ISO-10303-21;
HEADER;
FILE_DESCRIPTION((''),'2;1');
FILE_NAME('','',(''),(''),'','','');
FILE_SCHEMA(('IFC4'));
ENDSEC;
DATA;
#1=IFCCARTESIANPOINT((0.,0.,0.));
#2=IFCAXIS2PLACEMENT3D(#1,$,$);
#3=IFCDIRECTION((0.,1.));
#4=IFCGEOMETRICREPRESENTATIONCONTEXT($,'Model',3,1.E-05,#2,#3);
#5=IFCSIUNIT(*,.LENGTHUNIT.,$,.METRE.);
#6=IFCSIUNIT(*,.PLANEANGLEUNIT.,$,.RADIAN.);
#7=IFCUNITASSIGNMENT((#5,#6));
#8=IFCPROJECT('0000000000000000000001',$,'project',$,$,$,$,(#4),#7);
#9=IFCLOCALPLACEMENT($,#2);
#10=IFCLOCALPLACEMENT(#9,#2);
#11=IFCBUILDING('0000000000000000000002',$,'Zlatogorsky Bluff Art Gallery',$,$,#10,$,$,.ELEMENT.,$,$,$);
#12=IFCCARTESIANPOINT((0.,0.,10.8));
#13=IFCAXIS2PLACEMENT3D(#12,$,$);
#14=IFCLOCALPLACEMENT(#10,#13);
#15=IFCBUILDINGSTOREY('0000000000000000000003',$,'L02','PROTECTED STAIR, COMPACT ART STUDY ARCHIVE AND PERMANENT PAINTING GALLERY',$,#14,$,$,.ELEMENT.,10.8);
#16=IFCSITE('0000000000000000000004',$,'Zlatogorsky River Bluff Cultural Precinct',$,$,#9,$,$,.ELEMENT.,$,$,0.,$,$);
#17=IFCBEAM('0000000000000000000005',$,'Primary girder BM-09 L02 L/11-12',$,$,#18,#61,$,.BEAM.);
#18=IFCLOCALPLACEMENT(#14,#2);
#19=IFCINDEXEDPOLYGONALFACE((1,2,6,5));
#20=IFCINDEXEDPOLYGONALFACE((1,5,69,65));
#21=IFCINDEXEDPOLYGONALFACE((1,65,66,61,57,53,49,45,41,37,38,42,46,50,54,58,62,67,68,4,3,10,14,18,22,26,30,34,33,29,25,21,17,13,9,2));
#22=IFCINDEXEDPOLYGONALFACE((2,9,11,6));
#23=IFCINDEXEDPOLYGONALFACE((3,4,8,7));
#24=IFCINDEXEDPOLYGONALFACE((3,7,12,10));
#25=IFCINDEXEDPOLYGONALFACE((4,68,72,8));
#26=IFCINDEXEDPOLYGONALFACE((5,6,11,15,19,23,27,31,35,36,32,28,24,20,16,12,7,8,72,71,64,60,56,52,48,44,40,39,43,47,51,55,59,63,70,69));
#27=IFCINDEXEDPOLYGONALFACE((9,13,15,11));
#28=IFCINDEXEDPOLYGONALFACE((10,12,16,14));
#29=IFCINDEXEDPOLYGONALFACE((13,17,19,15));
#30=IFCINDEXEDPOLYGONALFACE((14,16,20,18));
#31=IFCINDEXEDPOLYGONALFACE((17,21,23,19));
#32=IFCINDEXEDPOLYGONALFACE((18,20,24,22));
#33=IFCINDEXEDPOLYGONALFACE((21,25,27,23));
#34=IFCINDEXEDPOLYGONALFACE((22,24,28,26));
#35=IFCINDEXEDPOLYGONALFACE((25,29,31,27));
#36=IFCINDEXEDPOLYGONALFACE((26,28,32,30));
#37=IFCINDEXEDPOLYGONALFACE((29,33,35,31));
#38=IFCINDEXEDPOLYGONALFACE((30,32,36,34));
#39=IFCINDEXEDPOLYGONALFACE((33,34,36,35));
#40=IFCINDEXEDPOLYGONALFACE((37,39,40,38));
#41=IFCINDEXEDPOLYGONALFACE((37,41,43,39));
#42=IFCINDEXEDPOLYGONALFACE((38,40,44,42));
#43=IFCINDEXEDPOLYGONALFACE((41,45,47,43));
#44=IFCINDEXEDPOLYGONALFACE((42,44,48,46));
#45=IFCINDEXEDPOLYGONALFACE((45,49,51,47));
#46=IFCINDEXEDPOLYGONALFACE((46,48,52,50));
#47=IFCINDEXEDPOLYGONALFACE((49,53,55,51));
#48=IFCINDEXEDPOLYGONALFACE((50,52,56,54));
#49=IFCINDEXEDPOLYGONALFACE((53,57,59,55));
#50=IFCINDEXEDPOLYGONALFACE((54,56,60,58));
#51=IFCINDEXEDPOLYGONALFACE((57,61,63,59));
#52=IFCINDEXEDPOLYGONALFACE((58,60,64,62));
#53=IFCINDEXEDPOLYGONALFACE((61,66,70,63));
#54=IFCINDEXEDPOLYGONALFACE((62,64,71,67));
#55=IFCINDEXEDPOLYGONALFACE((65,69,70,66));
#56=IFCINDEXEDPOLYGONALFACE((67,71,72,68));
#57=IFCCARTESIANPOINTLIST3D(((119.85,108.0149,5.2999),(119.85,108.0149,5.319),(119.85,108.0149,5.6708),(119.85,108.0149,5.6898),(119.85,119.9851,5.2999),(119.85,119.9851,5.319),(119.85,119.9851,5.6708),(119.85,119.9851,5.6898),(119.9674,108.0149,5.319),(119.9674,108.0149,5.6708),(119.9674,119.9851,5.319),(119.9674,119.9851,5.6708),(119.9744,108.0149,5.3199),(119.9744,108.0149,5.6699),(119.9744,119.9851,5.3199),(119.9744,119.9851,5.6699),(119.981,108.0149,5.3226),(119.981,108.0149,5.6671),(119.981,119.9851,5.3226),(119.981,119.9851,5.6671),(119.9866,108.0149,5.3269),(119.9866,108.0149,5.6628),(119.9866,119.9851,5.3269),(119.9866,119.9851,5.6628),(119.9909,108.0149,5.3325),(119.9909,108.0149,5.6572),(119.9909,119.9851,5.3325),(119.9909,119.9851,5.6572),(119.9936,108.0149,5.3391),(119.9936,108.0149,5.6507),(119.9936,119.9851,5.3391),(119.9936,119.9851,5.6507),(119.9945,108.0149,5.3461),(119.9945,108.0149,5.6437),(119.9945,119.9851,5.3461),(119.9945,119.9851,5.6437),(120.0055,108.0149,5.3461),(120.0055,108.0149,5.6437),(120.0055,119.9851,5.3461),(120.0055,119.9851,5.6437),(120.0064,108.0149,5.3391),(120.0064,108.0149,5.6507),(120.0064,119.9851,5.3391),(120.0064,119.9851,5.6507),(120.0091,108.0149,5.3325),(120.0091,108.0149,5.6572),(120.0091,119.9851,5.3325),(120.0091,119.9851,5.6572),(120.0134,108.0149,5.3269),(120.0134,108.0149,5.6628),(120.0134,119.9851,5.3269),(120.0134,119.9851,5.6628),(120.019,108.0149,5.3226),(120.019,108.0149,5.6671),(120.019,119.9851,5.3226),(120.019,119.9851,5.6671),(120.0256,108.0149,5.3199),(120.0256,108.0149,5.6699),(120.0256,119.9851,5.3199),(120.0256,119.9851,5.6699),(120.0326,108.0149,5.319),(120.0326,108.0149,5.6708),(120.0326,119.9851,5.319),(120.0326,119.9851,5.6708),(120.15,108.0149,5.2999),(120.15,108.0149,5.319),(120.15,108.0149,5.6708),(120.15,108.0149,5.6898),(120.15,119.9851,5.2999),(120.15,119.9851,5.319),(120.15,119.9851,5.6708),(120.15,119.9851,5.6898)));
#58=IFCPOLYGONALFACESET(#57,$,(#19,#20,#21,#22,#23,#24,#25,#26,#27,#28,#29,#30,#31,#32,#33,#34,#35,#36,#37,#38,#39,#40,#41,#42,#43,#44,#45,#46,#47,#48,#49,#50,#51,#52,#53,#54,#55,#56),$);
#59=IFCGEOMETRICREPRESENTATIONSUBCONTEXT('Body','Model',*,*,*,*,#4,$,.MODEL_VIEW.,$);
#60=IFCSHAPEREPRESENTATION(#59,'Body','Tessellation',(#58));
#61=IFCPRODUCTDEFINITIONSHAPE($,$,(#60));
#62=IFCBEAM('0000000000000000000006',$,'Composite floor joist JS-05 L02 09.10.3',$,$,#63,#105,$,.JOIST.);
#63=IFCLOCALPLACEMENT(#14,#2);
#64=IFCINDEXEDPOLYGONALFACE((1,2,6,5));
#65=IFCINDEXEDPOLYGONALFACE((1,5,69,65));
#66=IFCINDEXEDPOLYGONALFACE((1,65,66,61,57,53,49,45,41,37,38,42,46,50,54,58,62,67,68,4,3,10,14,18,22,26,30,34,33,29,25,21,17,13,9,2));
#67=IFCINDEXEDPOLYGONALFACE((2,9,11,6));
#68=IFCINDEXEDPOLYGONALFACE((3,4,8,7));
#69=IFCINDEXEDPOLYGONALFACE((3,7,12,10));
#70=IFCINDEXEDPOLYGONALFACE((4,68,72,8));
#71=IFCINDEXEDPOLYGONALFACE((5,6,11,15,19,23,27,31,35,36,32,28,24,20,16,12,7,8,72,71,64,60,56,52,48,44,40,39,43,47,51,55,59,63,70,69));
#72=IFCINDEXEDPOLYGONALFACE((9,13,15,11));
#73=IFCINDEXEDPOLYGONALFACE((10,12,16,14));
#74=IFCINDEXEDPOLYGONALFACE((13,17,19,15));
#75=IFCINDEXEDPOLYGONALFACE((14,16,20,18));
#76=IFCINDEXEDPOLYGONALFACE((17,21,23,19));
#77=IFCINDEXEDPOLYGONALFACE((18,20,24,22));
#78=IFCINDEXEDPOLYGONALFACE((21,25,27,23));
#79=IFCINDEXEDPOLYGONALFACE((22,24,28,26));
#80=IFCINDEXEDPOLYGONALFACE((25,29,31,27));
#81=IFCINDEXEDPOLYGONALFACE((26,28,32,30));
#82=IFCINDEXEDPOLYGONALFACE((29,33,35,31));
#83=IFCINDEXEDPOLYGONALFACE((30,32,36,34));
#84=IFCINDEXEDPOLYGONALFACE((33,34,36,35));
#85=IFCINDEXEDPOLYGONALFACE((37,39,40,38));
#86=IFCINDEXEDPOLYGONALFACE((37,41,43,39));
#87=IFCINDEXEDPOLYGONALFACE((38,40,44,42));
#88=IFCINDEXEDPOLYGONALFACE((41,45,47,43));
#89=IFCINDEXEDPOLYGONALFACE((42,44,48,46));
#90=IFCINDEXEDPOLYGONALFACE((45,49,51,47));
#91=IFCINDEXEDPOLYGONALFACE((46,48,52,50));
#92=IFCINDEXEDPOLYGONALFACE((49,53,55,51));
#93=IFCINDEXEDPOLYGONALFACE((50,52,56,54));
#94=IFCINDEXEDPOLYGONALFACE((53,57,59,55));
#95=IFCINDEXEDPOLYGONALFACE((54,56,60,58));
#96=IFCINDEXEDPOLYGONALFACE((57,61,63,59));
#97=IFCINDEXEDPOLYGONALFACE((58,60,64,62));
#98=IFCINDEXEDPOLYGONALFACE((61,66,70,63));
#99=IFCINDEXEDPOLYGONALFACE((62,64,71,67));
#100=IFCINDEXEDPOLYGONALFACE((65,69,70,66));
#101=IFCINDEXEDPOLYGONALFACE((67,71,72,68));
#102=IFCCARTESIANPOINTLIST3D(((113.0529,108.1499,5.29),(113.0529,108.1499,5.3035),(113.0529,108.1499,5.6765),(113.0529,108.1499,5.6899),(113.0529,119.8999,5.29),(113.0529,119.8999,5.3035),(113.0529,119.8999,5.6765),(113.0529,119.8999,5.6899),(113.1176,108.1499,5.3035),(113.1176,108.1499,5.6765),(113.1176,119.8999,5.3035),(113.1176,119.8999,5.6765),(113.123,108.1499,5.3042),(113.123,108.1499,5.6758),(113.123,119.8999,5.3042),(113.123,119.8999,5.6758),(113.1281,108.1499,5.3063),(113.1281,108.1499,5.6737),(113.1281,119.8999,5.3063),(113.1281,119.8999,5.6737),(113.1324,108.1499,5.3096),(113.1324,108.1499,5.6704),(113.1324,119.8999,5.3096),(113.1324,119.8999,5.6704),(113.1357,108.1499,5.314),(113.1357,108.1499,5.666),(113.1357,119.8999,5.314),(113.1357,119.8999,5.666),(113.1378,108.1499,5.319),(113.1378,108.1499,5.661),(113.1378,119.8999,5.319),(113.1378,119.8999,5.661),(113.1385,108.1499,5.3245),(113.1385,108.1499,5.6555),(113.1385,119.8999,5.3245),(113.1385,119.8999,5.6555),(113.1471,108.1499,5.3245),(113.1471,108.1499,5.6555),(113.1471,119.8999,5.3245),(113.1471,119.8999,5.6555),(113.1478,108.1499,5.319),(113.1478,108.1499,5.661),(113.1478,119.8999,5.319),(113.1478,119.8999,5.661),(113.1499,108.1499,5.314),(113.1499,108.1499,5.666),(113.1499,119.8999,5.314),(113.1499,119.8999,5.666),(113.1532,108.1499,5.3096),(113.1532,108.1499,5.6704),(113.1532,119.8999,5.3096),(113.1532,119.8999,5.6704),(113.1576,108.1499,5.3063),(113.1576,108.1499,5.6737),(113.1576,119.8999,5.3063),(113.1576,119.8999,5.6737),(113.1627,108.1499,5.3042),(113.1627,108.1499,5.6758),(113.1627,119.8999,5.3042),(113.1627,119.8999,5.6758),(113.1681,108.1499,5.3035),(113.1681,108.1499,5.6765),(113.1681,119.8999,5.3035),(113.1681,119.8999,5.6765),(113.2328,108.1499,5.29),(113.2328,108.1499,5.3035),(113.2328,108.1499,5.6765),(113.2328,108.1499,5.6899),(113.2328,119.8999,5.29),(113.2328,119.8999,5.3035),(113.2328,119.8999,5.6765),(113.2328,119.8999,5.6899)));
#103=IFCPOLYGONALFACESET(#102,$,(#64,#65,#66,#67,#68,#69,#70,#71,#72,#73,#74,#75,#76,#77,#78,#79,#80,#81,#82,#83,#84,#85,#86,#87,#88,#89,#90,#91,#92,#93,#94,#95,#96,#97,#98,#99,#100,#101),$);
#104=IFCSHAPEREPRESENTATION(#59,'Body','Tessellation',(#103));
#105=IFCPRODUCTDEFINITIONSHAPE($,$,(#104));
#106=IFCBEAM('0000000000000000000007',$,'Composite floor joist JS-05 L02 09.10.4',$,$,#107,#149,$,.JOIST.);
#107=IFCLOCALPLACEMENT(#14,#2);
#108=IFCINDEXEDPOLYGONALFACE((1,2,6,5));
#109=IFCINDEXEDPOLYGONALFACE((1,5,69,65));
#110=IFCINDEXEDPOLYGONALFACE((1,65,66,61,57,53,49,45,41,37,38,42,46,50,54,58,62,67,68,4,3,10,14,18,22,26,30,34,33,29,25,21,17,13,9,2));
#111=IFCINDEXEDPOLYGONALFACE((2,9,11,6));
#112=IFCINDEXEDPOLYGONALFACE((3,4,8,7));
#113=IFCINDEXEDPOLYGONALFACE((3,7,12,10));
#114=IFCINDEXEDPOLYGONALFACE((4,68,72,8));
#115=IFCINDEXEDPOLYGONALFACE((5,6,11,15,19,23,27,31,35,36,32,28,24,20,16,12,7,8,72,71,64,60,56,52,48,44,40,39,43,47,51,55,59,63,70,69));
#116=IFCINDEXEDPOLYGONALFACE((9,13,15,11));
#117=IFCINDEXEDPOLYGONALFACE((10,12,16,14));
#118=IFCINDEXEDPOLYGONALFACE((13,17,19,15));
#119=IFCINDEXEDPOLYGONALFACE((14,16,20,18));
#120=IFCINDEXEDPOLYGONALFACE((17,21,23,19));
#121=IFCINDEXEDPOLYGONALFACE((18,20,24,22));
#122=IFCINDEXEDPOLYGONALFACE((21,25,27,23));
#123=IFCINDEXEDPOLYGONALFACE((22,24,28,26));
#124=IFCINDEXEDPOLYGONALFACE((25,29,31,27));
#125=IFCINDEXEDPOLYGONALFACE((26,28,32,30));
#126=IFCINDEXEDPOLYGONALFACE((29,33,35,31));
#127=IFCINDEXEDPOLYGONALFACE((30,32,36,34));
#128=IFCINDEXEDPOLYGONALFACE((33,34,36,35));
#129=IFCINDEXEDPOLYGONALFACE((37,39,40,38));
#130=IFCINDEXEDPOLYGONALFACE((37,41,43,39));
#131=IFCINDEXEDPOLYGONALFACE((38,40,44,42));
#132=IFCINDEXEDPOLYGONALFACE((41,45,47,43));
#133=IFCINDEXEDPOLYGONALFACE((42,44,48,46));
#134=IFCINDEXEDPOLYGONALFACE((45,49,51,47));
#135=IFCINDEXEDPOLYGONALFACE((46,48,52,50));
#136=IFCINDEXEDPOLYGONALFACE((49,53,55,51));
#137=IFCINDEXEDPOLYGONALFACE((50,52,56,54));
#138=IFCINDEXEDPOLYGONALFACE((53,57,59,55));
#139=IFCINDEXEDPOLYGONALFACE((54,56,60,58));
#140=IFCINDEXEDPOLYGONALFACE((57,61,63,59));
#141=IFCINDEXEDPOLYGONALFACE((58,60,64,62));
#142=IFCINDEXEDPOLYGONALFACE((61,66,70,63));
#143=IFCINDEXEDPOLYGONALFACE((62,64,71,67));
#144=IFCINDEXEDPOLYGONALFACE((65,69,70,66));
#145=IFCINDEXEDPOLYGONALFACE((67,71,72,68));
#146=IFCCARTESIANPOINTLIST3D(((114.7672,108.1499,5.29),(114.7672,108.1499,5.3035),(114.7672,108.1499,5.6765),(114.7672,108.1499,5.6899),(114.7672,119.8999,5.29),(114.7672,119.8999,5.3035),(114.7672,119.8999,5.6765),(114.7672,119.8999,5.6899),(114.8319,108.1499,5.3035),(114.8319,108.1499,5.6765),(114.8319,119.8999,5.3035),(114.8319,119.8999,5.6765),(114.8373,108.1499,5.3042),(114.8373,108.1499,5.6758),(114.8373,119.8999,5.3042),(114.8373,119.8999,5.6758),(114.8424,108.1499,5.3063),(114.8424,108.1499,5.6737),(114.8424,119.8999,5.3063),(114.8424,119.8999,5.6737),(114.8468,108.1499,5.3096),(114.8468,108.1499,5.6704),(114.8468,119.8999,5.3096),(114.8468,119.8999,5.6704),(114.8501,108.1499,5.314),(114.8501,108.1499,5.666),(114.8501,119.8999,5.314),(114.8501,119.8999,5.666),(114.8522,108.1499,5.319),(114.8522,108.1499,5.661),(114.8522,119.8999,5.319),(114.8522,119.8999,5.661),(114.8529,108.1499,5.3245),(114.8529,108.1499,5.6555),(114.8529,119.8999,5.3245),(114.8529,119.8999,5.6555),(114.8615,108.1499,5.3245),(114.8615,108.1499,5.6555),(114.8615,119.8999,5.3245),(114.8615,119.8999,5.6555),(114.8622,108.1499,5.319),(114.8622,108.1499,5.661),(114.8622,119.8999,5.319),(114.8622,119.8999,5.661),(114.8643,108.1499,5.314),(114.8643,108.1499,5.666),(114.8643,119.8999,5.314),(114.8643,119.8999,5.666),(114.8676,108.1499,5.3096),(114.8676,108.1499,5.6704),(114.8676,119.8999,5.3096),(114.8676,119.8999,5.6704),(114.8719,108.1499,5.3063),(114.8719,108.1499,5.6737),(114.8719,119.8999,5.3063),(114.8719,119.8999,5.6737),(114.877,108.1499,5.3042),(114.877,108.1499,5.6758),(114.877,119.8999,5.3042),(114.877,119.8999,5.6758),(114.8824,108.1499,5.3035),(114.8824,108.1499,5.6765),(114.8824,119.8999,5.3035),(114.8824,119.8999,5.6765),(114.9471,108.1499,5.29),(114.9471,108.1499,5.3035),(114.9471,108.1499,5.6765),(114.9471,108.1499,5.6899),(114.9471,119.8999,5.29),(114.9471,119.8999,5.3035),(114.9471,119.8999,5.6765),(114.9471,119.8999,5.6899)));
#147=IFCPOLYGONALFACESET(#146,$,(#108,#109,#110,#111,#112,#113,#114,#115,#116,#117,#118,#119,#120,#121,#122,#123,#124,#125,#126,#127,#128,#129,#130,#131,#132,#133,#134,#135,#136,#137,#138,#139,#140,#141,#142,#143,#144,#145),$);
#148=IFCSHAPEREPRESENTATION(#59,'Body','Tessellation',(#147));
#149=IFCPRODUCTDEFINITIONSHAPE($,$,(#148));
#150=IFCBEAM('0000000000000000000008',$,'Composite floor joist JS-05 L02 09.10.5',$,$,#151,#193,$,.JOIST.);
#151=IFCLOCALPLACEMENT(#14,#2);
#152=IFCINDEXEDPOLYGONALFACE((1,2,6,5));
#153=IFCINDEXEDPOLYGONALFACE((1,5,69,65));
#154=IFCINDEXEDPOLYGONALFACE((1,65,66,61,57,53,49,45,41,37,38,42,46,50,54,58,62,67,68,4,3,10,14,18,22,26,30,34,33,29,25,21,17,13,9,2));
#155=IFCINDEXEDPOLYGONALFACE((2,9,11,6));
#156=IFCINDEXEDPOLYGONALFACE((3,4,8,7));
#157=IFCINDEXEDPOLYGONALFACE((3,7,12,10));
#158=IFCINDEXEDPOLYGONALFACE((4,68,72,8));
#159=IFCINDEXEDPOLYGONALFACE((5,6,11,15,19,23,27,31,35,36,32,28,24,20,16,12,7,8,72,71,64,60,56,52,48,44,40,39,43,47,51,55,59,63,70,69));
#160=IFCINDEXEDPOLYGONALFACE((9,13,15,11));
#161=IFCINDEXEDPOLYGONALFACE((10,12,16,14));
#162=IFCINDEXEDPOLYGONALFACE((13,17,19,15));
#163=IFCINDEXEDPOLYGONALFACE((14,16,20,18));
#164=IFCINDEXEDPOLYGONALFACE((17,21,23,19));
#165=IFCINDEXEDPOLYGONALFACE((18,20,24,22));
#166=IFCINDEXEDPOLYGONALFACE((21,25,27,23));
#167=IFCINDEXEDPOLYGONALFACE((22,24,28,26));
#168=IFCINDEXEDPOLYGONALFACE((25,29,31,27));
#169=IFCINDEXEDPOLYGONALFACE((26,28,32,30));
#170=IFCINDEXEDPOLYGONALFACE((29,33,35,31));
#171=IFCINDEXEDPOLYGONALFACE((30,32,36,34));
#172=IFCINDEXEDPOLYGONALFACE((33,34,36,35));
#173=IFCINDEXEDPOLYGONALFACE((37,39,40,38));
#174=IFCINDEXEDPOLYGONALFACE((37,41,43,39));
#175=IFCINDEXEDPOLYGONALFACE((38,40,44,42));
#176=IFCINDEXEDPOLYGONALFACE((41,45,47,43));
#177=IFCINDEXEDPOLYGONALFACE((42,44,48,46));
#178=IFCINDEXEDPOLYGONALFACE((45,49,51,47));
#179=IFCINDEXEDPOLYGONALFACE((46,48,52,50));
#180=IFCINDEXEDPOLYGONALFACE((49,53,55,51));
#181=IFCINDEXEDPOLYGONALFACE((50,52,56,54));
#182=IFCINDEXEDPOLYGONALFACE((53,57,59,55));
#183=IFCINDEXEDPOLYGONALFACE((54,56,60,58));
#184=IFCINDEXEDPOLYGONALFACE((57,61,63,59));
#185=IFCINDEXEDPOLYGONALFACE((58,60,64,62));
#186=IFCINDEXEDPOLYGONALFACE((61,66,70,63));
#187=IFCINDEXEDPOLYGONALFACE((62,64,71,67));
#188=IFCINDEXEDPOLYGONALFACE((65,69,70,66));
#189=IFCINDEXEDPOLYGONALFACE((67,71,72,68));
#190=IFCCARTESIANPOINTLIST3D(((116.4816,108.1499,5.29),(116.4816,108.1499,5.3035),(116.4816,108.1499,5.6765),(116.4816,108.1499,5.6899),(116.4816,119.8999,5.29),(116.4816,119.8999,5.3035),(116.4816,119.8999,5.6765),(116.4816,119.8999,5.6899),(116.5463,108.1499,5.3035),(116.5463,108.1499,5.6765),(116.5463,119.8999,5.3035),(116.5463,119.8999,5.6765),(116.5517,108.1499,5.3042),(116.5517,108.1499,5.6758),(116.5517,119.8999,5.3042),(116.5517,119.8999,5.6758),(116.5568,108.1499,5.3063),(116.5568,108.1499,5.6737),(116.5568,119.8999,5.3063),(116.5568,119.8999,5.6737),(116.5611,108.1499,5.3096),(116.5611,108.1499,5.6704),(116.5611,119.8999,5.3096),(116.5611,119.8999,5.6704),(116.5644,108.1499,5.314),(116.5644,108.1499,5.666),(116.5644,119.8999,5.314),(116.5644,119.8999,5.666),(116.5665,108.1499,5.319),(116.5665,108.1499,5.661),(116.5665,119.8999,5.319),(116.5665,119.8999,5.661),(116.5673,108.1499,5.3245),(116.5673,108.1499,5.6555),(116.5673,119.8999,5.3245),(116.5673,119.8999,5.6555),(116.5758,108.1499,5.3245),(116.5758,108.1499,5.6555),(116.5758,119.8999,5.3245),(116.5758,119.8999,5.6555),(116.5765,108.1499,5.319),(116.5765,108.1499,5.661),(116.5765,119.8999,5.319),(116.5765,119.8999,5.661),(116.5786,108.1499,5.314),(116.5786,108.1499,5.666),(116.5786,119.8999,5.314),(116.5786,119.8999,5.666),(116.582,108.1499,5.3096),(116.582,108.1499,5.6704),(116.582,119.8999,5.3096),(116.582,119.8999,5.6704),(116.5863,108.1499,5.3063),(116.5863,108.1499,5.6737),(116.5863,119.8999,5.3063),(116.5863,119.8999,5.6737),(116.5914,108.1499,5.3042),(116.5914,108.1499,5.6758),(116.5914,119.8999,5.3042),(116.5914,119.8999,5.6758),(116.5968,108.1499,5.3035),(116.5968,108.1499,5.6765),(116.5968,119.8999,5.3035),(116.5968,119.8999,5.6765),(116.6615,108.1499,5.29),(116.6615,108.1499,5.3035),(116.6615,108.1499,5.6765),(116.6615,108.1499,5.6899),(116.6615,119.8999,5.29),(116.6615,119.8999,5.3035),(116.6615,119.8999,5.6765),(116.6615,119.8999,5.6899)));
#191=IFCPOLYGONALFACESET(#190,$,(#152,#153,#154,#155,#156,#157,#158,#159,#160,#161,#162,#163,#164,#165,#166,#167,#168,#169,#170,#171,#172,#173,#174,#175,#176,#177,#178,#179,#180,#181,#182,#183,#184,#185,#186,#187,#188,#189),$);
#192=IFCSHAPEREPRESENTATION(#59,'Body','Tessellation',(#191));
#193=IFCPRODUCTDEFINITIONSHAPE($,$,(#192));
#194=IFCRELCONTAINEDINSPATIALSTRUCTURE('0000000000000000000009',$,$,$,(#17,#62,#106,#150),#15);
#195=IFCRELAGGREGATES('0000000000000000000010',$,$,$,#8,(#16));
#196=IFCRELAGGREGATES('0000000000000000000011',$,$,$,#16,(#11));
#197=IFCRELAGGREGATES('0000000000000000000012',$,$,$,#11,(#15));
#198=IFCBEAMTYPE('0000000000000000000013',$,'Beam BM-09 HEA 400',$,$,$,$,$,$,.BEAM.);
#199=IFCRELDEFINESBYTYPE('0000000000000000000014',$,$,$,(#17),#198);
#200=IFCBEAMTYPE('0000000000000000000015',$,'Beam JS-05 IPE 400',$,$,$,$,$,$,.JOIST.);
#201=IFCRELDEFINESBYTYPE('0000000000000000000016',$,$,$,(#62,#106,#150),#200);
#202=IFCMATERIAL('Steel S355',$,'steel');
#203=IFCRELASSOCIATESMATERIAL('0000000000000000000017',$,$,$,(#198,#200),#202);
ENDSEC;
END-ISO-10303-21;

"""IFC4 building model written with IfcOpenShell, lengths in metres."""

from ifc_helpers import new_model, si_unit, direction, frame, origin, origin_2d, place, context, subcontext, project, spatial, i_section, extrude, material, material_profile, profile_set, type_object, element, save


model = new_model("IFC4")

# Units and contexts
model_context = context("Model", 3, precision=1e-05, world=origin(), true_north=direction((0.0, 1.0)))
body_context = subcontext(model_context, "Body", "Model", "MODEL_VIEW")
ifc_project = project(units=[si_unit("LENGTHUNIT", "METRE"), si_unit("PLANEANGLEUNIT", "RADIAN")], contexts=[model_context])

# Site, building, storey
site_placement = place(None, origin())
site = spatial("IfcSite", under=ifc_project, at=site_placement, Name="Zlatogorsky River Bluff Cultural Precinct", CompositionType="ELEMENT", RefElevation=0.0)
building_placement = place(site_placement, origin())
building = spatial("IfcBuilding", under=site, at=building_placement, Name="Zlatogorsky Bluff Art Gallery", CompositionType="ELEMENT")
storey_placement = place(building_placement, frame((0.0, 0.0, 10.8)))
storey = spatial("IfcBuildingStorey", under=building, at=storey_placement, Name="L02", Description="PROTECTED STAIR, COMPACT ART STUDY ARCHIVE AND PERMANENT PAINTING GALLERY", CompositionType="ELEMENT", Elevation=10.8)

# Beams
ifc_material_1 = material(Name="Steel S355", Category="steel")
ifc_material_profile_1 = material_profile(ifc_material_1, i_section(OverallWidth=0.3, OverallDepth=0.3899, WebThickness=0.011, FlangeThickness=0.019, FilletRadius=0.0271, at=origin_2d()), Name="HEA 400")
ifc_profile_set_1 = profile_set([ifc_material_profile_1], Name="Steel S355")
beam_type_1 = type_object("IfcBeamType", Name="Beam BM-09 HEA 400", PredefinedType="BEAM", material=ifc_profile_set_1)
beam_placement = place(storey_placement, frame((120.0, 108.0149, 5.4949), z_axis=(0.0, 1.0, 0.0), x_axis=(-1.0, 0.0, 0.0)))
element("IfcBeam", 1, at=beam_placement, inside=storey, type_object=beam_type_1, Name="Primary girder BM-09 L02 L/11-12", PredefinedType="BEAM", context=body_context, shape_type="SweptSolid", body=[
    extrude(i_section(OverallWidth=0.3, OverallDepth=0.3899, WebThickness=0.011, FlangeThickness=0.019, FilletRadius=0.0271, at=origin_2d()), origin(), (0.0, 0.0, 1.0), 11.9702),
])
ifc_material_profile_2 = material_profile(ifc_material_1, i_section(OverallWidth=0.1799, OverallDepth=0.3999, WebThickness=0.0085, FlangeThickness=0.0134, FilletRadius=0.021, at=origin_2d()), Name="IPE 400")
ifc_profile_set_2 = profile_set([ifc_material_profile_2], Name="Steel S355")
beam_type_2 = type_object("IfcBeamType", Name="Beam JS-05 IPE 400", PredefinedType="JOIST", material=ifc_profile_set_2)
for number, where, z_axis, x_axis, name in (
    (2, (113.1428, 108.1499, 5.49), (0.0, 1.0, 0.0), (-1.0, 0.0, 0.0), "Composite floor joist JS-05 L02 09.10.3"),
    (3, (114.8572, 108.1499, 5.49), (0.0, 1.0, 0.0), (-1.0, 0.0, 0.0), "Composite floor joist JS-05 L02 09.10.4"),
    (4, (116.5715, 108.1499, 5.49), (0.0, 1.0, 0.0), (-1.0, 0.0, 0.0), "Composite floor joist JS-05 L02 09.10.5"),
):
    element("IfcBeam", number, at=place(storey_placement, frame(where, z_axis=z_axis, x_axis=x_axis)), inside=storey, type_object=beam_type_2, Name=name, PredefinedType="JOIST", context=body_context, shape_type="SweptSolid", body=[
        extrude(i_section(OverallWidth=0.1799, OverallDepth=0.3999, WebThickness=0.0085, FlangeThickness=0.0134, FilletRadius=0.021, at=origin_2d()), origin(), (0.0, 0.0, 1.0), 11.75),
    ])

save(model, "model.ifc")
